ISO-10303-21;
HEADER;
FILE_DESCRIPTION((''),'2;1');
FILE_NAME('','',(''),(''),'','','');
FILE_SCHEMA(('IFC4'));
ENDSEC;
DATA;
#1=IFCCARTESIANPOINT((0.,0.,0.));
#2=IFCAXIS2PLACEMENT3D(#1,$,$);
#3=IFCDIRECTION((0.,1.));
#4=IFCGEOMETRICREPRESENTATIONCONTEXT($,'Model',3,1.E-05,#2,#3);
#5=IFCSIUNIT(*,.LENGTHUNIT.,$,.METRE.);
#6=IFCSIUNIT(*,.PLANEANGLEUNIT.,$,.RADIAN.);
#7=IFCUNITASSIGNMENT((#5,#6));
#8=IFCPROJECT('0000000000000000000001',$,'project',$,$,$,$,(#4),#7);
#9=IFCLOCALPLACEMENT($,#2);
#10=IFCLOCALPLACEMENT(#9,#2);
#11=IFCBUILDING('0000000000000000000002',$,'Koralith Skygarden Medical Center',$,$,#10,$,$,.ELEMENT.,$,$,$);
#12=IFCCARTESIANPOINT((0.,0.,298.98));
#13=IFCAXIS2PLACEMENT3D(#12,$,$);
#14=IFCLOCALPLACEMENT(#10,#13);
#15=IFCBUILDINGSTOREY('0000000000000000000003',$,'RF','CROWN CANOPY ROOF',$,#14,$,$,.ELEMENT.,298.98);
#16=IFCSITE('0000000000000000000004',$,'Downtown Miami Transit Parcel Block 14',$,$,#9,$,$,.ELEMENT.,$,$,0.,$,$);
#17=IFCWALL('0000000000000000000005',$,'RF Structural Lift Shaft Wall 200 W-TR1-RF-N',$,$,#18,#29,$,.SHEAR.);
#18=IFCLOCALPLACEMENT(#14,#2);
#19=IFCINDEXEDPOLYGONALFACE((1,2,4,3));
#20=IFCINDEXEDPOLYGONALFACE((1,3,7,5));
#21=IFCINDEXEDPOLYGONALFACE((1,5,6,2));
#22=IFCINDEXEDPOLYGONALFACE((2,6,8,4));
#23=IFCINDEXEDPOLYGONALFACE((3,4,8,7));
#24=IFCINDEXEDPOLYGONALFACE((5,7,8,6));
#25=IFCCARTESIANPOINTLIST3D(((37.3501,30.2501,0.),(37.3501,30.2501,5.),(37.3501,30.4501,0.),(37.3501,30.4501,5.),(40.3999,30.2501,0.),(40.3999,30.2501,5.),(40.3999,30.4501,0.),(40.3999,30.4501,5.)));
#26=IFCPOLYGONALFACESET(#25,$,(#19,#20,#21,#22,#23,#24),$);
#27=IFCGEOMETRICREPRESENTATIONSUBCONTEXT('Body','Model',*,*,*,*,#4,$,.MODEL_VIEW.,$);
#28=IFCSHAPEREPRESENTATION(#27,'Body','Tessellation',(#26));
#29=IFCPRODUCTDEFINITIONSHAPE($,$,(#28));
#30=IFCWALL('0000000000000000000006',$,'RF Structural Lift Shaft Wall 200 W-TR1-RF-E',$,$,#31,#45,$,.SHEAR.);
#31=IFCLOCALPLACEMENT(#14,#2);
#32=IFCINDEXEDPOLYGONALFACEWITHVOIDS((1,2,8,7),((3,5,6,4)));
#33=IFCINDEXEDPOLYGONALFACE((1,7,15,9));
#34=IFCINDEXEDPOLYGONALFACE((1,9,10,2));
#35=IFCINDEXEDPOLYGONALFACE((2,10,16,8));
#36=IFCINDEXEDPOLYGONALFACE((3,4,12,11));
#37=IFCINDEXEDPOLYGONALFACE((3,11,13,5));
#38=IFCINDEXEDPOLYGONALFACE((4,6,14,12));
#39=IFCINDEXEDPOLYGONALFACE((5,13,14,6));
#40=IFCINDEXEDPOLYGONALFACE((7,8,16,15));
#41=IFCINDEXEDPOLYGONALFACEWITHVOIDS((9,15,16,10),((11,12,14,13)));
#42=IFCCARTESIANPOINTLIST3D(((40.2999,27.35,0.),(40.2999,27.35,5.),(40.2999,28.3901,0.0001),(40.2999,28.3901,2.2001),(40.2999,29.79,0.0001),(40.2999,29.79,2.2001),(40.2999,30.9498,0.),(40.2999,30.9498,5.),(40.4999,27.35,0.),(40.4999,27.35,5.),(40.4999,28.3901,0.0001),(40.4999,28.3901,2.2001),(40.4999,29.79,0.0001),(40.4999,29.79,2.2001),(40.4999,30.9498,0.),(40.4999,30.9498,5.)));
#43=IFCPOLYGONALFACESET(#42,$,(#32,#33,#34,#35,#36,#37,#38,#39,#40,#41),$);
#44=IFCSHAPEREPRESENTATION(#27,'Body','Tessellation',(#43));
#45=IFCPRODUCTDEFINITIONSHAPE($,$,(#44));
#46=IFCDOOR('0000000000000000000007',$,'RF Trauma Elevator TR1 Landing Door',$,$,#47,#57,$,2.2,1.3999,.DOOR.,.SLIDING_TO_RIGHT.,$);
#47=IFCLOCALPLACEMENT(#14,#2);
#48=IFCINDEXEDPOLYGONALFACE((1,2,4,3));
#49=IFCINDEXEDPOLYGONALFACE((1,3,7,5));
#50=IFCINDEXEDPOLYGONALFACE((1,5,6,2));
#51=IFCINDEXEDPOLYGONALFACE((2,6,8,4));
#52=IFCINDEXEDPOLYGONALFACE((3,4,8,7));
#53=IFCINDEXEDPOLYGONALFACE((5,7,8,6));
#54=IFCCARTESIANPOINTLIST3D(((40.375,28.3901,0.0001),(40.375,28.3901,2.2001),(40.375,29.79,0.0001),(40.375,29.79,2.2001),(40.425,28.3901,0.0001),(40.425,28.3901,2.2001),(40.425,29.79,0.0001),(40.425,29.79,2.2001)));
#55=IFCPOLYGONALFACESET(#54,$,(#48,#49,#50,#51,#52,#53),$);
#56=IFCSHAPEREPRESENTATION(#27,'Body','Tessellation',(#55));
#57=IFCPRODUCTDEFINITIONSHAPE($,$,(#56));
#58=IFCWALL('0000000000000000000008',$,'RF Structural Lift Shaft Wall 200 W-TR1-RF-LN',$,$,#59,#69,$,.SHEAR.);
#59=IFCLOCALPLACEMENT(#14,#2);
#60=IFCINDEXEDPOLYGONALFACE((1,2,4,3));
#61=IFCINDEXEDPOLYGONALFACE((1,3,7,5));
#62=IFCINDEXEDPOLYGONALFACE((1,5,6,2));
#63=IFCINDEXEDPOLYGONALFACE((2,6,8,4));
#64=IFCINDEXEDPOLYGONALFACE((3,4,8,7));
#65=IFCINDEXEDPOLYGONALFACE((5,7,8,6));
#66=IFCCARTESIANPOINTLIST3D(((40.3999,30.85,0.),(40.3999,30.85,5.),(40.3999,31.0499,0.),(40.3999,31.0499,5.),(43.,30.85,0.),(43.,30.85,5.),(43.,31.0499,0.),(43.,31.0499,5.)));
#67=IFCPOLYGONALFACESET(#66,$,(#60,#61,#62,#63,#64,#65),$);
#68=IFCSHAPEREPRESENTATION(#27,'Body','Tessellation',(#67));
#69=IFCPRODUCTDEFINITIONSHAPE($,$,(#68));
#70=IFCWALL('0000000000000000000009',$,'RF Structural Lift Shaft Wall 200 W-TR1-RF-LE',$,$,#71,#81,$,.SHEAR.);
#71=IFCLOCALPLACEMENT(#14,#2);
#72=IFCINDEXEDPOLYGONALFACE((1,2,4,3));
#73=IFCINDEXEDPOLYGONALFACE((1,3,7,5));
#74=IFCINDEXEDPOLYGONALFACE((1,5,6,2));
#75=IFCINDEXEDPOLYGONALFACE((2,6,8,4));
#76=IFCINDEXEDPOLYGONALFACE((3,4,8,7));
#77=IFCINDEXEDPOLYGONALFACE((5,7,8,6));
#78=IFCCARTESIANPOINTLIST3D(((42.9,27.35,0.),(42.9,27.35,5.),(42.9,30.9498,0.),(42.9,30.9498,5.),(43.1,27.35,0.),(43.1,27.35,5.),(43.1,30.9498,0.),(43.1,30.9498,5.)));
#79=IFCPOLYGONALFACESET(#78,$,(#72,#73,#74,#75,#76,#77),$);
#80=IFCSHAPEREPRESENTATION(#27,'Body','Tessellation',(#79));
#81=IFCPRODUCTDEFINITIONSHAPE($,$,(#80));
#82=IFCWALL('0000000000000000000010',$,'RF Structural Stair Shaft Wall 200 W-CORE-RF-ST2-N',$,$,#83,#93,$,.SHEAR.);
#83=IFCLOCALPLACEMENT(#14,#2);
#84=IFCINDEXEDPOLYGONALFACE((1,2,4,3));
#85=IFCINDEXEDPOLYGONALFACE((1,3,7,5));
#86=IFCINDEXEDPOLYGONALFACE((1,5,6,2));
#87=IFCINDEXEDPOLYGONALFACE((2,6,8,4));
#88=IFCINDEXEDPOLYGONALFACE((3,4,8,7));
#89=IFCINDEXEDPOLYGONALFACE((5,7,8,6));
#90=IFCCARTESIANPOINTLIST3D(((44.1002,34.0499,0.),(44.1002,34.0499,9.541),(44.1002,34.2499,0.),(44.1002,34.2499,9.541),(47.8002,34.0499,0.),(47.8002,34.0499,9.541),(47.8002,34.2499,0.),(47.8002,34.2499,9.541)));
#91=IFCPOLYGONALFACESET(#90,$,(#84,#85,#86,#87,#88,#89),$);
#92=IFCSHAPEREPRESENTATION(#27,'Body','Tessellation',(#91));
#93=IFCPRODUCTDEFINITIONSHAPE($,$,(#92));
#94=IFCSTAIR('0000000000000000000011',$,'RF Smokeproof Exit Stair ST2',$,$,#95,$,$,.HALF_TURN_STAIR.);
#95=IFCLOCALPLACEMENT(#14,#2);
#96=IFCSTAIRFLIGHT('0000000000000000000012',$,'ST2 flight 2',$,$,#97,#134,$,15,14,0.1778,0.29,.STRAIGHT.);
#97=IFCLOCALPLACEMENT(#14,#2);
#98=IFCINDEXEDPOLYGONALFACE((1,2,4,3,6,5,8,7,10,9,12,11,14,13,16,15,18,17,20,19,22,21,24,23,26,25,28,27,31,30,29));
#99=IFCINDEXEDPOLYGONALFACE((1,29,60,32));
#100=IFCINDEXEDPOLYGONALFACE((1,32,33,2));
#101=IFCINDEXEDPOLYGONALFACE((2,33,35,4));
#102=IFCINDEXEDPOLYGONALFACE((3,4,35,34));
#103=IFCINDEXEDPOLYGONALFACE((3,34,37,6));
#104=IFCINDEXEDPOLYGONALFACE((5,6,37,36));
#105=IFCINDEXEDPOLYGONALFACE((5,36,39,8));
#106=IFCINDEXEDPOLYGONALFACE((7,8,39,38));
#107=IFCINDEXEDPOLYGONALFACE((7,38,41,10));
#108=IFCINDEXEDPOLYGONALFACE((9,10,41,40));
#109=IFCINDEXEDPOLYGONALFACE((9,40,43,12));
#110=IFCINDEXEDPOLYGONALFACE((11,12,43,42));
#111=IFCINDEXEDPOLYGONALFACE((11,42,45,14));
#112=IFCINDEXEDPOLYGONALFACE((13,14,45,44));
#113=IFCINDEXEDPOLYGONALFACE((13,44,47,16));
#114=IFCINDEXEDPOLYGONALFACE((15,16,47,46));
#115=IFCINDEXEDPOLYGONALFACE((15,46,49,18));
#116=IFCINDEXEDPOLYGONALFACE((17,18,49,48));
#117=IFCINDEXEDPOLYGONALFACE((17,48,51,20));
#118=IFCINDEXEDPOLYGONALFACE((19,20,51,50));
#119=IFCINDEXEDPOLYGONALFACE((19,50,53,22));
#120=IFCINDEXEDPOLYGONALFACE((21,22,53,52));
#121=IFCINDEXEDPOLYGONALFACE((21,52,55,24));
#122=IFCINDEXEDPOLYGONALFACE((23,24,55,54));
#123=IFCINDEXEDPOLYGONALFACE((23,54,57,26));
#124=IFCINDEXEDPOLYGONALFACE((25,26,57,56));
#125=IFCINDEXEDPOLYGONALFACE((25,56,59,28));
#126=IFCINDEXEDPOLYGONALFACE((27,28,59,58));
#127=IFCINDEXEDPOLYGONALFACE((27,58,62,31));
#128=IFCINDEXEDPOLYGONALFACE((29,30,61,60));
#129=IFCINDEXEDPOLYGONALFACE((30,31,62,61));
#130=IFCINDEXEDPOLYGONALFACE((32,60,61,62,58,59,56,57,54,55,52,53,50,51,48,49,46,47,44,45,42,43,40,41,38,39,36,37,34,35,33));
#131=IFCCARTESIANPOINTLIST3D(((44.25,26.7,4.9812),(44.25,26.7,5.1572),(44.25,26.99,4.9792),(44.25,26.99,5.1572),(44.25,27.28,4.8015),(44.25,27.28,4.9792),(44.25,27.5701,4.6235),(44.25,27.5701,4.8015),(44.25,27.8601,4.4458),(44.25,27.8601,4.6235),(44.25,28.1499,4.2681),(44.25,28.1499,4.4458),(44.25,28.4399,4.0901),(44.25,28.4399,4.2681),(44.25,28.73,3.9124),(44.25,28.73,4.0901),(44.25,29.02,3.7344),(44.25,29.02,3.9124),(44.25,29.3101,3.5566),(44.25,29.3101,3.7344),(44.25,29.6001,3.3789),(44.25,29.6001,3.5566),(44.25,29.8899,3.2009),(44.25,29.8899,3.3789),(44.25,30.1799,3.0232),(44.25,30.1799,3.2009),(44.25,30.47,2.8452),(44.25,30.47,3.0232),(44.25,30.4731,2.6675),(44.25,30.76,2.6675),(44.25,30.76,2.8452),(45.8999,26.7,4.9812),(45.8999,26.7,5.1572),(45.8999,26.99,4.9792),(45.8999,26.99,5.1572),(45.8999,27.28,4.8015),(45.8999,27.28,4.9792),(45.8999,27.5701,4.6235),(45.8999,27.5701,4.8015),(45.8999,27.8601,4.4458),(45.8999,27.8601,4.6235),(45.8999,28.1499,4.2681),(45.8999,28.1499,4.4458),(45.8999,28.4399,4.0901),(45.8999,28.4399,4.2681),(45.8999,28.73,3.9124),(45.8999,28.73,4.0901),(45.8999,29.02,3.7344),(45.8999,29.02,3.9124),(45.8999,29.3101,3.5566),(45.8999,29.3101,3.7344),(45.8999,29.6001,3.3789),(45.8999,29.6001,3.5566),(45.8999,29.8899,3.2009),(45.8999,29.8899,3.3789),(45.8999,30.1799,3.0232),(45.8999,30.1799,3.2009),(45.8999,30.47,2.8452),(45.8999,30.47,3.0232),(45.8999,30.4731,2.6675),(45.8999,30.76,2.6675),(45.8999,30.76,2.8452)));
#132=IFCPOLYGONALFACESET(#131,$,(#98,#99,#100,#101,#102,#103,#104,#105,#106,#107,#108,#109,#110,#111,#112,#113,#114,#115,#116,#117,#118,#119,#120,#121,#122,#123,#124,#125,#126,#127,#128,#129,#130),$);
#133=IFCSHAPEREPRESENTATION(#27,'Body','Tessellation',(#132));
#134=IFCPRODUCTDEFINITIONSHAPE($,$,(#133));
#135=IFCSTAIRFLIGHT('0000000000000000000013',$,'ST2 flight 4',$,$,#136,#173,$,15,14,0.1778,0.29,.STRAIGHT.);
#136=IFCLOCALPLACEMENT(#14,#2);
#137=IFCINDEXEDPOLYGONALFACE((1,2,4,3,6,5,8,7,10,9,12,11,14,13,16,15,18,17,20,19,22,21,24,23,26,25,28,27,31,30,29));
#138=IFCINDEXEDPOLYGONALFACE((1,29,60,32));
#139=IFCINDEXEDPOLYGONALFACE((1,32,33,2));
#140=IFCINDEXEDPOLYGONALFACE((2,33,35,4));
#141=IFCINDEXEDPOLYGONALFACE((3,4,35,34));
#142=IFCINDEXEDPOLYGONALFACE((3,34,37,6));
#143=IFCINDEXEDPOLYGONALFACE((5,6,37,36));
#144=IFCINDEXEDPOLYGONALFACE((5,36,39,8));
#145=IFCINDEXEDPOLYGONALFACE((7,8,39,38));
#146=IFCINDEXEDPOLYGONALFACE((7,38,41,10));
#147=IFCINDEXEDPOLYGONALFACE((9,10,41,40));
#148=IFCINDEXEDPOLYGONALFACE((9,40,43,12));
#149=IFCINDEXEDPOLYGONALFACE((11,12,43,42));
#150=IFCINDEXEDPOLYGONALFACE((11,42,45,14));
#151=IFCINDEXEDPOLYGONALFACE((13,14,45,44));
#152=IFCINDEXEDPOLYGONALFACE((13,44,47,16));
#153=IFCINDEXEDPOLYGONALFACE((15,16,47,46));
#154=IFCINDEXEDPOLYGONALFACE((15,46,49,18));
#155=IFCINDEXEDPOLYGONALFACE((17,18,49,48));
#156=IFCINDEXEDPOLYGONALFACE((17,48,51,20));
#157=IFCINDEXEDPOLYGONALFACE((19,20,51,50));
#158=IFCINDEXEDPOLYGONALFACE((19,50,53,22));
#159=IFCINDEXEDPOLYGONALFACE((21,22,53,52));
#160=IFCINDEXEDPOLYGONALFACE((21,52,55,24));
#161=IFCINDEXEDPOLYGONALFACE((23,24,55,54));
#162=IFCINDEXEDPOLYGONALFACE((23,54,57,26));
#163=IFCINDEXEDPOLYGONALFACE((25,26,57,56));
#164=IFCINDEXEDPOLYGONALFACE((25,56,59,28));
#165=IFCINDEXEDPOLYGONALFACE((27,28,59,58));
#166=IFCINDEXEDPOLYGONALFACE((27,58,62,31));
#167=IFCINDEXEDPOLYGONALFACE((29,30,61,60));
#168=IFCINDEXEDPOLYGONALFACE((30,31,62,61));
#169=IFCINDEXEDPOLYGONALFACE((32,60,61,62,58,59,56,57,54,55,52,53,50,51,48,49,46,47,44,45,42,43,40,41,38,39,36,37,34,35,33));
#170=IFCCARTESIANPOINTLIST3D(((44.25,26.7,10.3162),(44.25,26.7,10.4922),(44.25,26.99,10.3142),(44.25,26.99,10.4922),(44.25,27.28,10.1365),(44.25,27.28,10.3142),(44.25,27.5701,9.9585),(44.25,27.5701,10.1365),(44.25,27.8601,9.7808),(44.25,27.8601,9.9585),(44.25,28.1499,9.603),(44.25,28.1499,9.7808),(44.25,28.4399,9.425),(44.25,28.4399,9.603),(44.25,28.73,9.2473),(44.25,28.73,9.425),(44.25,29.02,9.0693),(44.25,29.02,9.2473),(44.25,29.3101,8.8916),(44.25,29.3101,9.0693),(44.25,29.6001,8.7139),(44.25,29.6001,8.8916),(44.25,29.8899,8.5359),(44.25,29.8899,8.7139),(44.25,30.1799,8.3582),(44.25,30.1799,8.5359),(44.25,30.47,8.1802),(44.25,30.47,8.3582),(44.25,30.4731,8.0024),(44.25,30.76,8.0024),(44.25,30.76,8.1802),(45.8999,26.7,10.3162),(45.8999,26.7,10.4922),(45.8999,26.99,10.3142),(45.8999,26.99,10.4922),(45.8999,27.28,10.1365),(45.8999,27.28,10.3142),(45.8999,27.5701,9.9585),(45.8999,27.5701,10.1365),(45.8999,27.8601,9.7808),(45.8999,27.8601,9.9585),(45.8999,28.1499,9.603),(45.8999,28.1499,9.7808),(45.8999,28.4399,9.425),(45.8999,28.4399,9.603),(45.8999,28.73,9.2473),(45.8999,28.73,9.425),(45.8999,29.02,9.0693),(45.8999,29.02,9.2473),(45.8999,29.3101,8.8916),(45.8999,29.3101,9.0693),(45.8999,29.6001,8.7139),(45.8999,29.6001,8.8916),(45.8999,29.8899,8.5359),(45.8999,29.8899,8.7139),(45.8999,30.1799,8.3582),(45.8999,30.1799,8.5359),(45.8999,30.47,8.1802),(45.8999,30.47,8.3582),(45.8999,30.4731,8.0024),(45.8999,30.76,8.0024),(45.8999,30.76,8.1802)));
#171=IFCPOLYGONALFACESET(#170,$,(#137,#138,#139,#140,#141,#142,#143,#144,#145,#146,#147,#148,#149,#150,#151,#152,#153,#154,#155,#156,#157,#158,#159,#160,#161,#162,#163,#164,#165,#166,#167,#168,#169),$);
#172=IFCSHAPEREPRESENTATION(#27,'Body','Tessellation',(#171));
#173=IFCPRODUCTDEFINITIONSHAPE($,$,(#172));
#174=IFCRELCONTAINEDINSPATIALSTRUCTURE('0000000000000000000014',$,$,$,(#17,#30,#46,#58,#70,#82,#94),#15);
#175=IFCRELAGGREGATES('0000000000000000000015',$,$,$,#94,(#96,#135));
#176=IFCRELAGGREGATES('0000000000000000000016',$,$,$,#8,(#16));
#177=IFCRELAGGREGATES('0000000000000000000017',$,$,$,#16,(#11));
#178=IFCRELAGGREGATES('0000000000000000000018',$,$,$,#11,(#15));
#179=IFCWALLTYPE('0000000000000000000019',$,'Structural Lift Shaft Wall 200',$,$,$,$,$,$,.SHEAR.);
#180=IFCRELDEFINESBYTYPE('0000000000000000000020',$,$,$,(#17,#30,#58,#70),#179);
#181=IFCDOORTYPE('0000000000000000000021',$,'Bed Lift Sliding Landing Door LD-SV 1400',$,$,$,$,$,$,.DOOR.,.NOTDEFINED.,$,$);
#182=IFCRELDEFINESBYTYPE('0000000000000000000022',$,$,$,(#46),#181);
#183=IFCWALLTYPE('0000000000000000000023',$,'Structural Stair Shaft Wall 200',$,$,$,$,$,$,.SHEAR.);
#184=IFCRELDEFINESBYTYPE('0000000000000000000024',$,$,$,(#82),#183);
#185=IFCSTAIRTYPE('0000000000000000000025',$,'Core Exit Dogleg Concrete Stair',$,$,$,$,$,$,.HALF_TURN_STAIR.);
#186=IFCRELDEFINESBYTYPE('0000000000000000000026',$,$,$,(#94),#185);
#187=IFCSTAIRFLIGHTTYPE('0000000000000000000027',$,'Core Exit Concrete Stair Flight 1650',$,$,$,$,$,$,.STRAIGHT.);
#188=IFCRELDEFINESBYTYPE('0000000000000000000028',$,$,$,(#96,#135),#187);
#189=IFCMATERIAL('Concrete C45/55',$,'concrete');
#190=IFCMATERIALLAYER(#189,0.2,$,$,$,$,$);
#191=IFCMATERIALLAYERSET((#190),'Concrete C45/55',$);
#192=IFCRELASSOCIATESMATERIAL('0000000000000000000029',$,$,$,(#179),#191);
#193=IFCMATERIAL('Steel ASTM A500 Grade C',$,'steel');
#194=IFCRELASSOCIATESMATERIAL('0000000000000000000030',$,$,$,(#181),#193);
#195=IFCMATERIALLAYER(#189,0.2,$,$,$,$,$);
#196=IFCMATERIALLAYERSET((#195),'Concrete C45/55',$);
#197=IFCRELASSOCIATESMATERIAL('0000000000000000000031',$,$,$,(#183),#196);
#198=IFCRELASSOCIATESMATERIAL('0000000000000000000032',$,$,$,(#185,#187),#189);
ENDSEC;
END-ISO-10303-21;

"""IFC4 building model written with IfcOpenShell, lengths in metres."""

from ifc_helpers import new_model, si_unit, direction, frame, frame_2d, origin, place, context, subcontext, project, spatial, polyline, rectangle, outline, extrude, material, layer, layer_set, type_object, element, fill, aggregate, save


model = new_model("IFC4")

# Units and contexts
model_context = context("Model", 3, precision=1e-05, world=origin(), true_north=direction((0.0, 1.0)))
body_context = subcontext(model_context, "Body", "Model", "MODEL_VIEW")
ifc_project = project(units=[si_unit("LENGTHUNIT", "METRE"), si_unit("PLANEANGLEUNIT", "RADIAN")], contexts=[model_context])

# Site, building, storey
site_placement = place(None, origin())
site = spatial("IfcSite", under=ifc_project, at=site_placement, Name="Downtown Miami Transit Parcel Block 14", CompositionType="ELEMENT", RefElevation=0.0)
building_placement = place(site_placement, origin())
building = spatial("IfcBuilding", under=site, at=building_placement, Name="Koralith Skygarden Medical Center", CompositionType="ELEMENT")
storey_placement = place(building_placement, frame((0.0, 0.0, 298.98)))
storey = spatial("IfcBuildingStorey", under=building, at=storey_placement, Name="RF", Description="CROWN CANOPY ROOF", CompositionType="ELEMENT", Elevation=298.98)

# Shared definitions
ifc_material_1 = material(Name="Steel ASTM A500 Grade C", Category="steel")

# Wall
ifc_material_2 = material(Name="Concrete C45/55", Category="concrete")
ifc_layer_1 = layer(ifc_material_2, 0.2)
ifc_layer_set_1 = layer_set([ifc_layer_1], Name="Concrete C45/55")
wall_type_1 = type_object("IfcWallType", Name="Structural Lift Shaft Wall 200", PredefinedType="SHEAR", material=ifc_layer_set_1)
for number, where, z_axis, x_axis, name in (
    (1, (37.3501, 30.3501, 0.0), (0.0, 0.0, 1.0), (1.0, 0.0, 0.0), "RF Structural Lift Shaft Wall 200 W-TR1-RF-N"),
):
    element("IfcWall", number, at=place(storey_placement, frame(where, z_axis=z_axis, x_axis=x_axis)), inside=storey, type_object=wall_type_1, Name=name, PredefinedType="SHEAR", context=body_context, shape_type="SweptSolid", body=[
        extrude(rectangle(XDim=3.0498, YDim=0.2, at=frame_2d((1.5249, 0.0))), origin(), (0.0, 0.0, 1.0), 5.0),
    ])

# Wall, opening, door
wall_1_placement = place(storey_placement, frame((40.3999, 27.3501, 0.0), z_axis=(0.0, 0.0, 1.0), x_axis=(0.0, 1.0, 0.0)))
wall_1 = element("IfcWall", 2, at=wall_1_placement, inside=storey, type_object=wall_type_1, Name="RF Structural Lift Shaft Wall 200 W-TR1-RF-E", PredefinedType="SHEAR", context=body_context, shape_type="SweptSolid", body=[
    extrude(rectangle(XDim=3.5999, YDim=0.2, at=frame_2d((1.7998, 0.0))), origin(), (0.0, 0.0, 1.0), 5.0),
])
opening_1_placement = place(wall_1_placement, frame((1.04, 0.0, 0.0)))
opening_1 = element("IfcOpeningElement", 3, at=opening_1_placement, cuts=wall_1, PredefinedType="OPENING", context=body_context, shape_type="SweptSolid", body=[
    extrude(rectangle(XDim=1.3999, YDim=2.2, at=frame_2d((0.7, 1.1001))), frame((0.0, 0.1099, 0.0), z_axis=(0.0, -1.0, 0.0), x_axis=(1.0, 0.0, 0.0)), (0.0, 0.0, 1.0), 0.22),
])
door_type_1 = type_object("IfcDoorType", Name="Bed Lift Sliding Landing Door LD-SV 1400", OperationType="NOTDEFINED", PredefinedType="DOOR", material=ifc_material_1)
door_1_placement = place(opening_1_placement, origin())
door_1 = element("IfcDoor", 4, at=door_1_placement, inside=storey, type_object=door_type_1, Name="RF Trauma Elevator TR1 Landing Door", OperationType="SLIDING_TO_RIGHT", OverallHeight=2.2, OverallWidth=1.3999, PredefinedType="DOOR", context=body_context, shape_type="SweptSolid", body=[
    extrude(rectangle(XDim=1.3999, YDim=2.2, at=frame_2d((0.7, 1.1001))), frame((0.0, 0.0249, 0.0), z_axis=(0.0, -1.0, 0.0), x_axis=(1.0, 0.0, 0.0)), (0.0, 0.0, 1.0), 0.05),
])
fill(opening_1, door_1)

# Walls
wall_2_placement = place(storey_placement, frame((40.3999, 30.95, 0.0), z_axis=(0.0, 0.0, 1.0), x_axis=(1.0, 0.0, 0.0)))
element("IfcWall", 5, at=wall_2_placement, inside=storey, type_object=wall_type_1, Name="RF Structural Lift Shaft Wall 200 W-TR1-RF-LN", PredefinedType="SHEAR", context=body_context, shape_type="SweptSolid", body=[
    extrude(rectangle(XDim=2.6001, YDim=0.2, at=frame_2d((1.3, 0.0))), origin(), (0.0, 0.0, 1.0), 5.0),
])
wall_3_placement = place(storey_placement, frame((43.0, 27.3501, 0.0), z_axis=(0.0, 0.0, 1.0), x_axis=(0.0, 1.0, 0.0)))
element("IfcWall", 6, at=wall_3_placement, inside=storey, type_object=wall_type_1, Name="RF Structural Lift Shaft Wall 200 W-TR1-RF-LE", PredefinedType="SHEAR", context=body_context, shape_type="SweptSolid", body=[
    extrude(rectangle(XDim=3.5999, YDim=0.2, at=frame_2d((1.7998, 0.0))), origin(), (0.0, 0.0, 1.0), 5.0),
])
ifc_layer_2 = layer(ifc_material_2, 0.2)
ifc_layer_set_2 = layer_set([ifc_layer_2], Name="Concrete C45/55")
wall_type_2 = type_object("IfcWallType", Name="Structural Stair Shaft Wall 200", PredefinedType="SHEAR", material=ifc_layer_set_2)
wall_4_placement = place(storey_placement, frame((44.1001, 34.1499, 0.0), z_axis=(0.0, 0.0, 1.0), x_axis=(1.0, 0.0, 0.0)))
element("IfcWall", 7, at=wall_4_placement, inside=storey, type_object=wall_type_2, Name="RF Structural Stair Shaft Wall 200 W-CORE-RF-ST2-N", PredefinedType="SHEAR", context=body_context, shape_type="SweptSolid", body=[
    extrude(rectangle(XDim=3.7, YDim=0.2, at=frame_2d((1.8501, 0.0))), origin(), (0.0, 0.0, 1.0), 9.541),
])

# Stair, stair flights
stair_type = type_object("IfcStairType", Name="Core Exit Dogleg Concrete Stair", PredefinedType="HALF_TURN_STAIR", material=ifc_material_2)
stair_placement = place(storey_placement, origin())
stair = element("IfcStair", 8, at=stair_placement, inside=storey, type_object=stair_type, Name="RF Smokeproof Exit Stair ST2", PredefinedType="HALF_TURN_STAIR")
stair_flight_type = type_object("IfcStairFlightType", Name="Core Exit Concrete Stair Flight 1650", PredefinedType="STRAIGHT", material=ifc_material_2)
stair_flight_1_placement = place(storey_placement, frame((45.075, 30.76, 2.6675), z_axis=(0.0, 0.0, 1.0), x_axis=(0.0, -1.0, 0.0)))
stair_flight_1 = element("IfcStairFlight", 9, at=stair_flight_1_placement, type_object=stair_flight_type, Name="ST2 flight 2", NumberOfRisers=15, NumberOfTreads=14, PredefinedType="STRAIGHT", RiserHeight=0.1778, TreadLength=0.29, context=body_context, shape_type="SweptSolid", body=[
    extrude(outline(polyline([(0.0, 0.0), (0.0, 0.1777), (0.29, 0.1777), (0.29, 0.3557), (0.5801, 0.3557), (0.5801, 0.5334), (0.8701, 0.5334), (0.8701, 0.7114), (1.1599, 0.7114), (1.1599, 0.8892), (1.45, 0.8892), (1.45, 1.0669), (1.74, 1.0669), (1.74, 1.2449), (2.03, 1.2449), (2.03, 1.4226), (2.3201, 1.4226), (2.3201, 1.6006), (2.6101, 1.6006), (2.6101, 1.7783), (2.8999, 1.7783), (2.8999, 1.9561), (3.1899, 1.9561), (3.1899, 2.134), (3.48, 2.134), (3.48, 2.3118), (3.77, 2.3118), (3.77, 2.4897), (4.0601, 2.4897), (4.0601, 2.6675), (4.0601, 2.3137), (0.2869, 0.0), (0.0, 0.0)])), frame((0.0, 0.825, 0.0), z_axis=(0.0, -1.0, 0.0), x_axis=(1.0, 0.0, 0.0)), (0.0, 0.0, 1.0), 1.6499),
])
stair_flight_2_placement = place(storey_placement, frame((45.075, 30.76, 8.0024), z_axis=(0.0, 0.0, 1.0), x_axis=(0.0, -1.0, 0.0)))
stair_flight_2 = element("IfcStairFlight", 10, at=stair_flight_2_placement, type_object=stair_flight_type, Name="ST2 flight 4", NumberOfRisers=15, NumberOfTreads=14, PredefinedType="STRAIGHT", RiserHeight=0.1778, TreadLength=0.29, context=body_context, shape_type="SweptSolid", body=[
    extrude(outline(polyline([(0.0, 0.0), (0.0, 0.1777), (0.29, 0.1777), (0.29, 0.3557), (0.5801, 0.3557), (0.5801, 0.5334), (0.8701, 0.5334), (0.8701, 0.7114), (1.1599, 0.7114), (1.1599, 0.8892), (1.45, 0.8892), (1.45, 1.0669), (1.74, 1.0669), (1.74, 1.2449), (2.03, 1.2449), (2.03, 1.4226), (2.3201, 1.4226), (2.3201, 1.6006), (2.6101, 1.6006), (2.6101, 1.7783), (2.8999, 1.7783), (2.8999, 1.9561), (3.1899, 1.9561), (3.1899, 2.134), (3.48, 2.134), (3.48, 2.3118), (3.77, 2.3118), (3.77, 2.4897), (4.0601, 2.4897), (4.0601, 2.6675), (4.0601, 2.3137), (0.2869, 0.0), (0.0, 0.0)])), frame((0.0, 0.825, 0.0), z_axis=(0.0, -1.0, 0.0), x_axis=(1.0, 0.0, 0.0)), (0.0, 0.0, 1.0), 1.6499),
])
aggregate(stair, [stair_flight_1, stair_flight_2])

save(model, "model.ifc")
